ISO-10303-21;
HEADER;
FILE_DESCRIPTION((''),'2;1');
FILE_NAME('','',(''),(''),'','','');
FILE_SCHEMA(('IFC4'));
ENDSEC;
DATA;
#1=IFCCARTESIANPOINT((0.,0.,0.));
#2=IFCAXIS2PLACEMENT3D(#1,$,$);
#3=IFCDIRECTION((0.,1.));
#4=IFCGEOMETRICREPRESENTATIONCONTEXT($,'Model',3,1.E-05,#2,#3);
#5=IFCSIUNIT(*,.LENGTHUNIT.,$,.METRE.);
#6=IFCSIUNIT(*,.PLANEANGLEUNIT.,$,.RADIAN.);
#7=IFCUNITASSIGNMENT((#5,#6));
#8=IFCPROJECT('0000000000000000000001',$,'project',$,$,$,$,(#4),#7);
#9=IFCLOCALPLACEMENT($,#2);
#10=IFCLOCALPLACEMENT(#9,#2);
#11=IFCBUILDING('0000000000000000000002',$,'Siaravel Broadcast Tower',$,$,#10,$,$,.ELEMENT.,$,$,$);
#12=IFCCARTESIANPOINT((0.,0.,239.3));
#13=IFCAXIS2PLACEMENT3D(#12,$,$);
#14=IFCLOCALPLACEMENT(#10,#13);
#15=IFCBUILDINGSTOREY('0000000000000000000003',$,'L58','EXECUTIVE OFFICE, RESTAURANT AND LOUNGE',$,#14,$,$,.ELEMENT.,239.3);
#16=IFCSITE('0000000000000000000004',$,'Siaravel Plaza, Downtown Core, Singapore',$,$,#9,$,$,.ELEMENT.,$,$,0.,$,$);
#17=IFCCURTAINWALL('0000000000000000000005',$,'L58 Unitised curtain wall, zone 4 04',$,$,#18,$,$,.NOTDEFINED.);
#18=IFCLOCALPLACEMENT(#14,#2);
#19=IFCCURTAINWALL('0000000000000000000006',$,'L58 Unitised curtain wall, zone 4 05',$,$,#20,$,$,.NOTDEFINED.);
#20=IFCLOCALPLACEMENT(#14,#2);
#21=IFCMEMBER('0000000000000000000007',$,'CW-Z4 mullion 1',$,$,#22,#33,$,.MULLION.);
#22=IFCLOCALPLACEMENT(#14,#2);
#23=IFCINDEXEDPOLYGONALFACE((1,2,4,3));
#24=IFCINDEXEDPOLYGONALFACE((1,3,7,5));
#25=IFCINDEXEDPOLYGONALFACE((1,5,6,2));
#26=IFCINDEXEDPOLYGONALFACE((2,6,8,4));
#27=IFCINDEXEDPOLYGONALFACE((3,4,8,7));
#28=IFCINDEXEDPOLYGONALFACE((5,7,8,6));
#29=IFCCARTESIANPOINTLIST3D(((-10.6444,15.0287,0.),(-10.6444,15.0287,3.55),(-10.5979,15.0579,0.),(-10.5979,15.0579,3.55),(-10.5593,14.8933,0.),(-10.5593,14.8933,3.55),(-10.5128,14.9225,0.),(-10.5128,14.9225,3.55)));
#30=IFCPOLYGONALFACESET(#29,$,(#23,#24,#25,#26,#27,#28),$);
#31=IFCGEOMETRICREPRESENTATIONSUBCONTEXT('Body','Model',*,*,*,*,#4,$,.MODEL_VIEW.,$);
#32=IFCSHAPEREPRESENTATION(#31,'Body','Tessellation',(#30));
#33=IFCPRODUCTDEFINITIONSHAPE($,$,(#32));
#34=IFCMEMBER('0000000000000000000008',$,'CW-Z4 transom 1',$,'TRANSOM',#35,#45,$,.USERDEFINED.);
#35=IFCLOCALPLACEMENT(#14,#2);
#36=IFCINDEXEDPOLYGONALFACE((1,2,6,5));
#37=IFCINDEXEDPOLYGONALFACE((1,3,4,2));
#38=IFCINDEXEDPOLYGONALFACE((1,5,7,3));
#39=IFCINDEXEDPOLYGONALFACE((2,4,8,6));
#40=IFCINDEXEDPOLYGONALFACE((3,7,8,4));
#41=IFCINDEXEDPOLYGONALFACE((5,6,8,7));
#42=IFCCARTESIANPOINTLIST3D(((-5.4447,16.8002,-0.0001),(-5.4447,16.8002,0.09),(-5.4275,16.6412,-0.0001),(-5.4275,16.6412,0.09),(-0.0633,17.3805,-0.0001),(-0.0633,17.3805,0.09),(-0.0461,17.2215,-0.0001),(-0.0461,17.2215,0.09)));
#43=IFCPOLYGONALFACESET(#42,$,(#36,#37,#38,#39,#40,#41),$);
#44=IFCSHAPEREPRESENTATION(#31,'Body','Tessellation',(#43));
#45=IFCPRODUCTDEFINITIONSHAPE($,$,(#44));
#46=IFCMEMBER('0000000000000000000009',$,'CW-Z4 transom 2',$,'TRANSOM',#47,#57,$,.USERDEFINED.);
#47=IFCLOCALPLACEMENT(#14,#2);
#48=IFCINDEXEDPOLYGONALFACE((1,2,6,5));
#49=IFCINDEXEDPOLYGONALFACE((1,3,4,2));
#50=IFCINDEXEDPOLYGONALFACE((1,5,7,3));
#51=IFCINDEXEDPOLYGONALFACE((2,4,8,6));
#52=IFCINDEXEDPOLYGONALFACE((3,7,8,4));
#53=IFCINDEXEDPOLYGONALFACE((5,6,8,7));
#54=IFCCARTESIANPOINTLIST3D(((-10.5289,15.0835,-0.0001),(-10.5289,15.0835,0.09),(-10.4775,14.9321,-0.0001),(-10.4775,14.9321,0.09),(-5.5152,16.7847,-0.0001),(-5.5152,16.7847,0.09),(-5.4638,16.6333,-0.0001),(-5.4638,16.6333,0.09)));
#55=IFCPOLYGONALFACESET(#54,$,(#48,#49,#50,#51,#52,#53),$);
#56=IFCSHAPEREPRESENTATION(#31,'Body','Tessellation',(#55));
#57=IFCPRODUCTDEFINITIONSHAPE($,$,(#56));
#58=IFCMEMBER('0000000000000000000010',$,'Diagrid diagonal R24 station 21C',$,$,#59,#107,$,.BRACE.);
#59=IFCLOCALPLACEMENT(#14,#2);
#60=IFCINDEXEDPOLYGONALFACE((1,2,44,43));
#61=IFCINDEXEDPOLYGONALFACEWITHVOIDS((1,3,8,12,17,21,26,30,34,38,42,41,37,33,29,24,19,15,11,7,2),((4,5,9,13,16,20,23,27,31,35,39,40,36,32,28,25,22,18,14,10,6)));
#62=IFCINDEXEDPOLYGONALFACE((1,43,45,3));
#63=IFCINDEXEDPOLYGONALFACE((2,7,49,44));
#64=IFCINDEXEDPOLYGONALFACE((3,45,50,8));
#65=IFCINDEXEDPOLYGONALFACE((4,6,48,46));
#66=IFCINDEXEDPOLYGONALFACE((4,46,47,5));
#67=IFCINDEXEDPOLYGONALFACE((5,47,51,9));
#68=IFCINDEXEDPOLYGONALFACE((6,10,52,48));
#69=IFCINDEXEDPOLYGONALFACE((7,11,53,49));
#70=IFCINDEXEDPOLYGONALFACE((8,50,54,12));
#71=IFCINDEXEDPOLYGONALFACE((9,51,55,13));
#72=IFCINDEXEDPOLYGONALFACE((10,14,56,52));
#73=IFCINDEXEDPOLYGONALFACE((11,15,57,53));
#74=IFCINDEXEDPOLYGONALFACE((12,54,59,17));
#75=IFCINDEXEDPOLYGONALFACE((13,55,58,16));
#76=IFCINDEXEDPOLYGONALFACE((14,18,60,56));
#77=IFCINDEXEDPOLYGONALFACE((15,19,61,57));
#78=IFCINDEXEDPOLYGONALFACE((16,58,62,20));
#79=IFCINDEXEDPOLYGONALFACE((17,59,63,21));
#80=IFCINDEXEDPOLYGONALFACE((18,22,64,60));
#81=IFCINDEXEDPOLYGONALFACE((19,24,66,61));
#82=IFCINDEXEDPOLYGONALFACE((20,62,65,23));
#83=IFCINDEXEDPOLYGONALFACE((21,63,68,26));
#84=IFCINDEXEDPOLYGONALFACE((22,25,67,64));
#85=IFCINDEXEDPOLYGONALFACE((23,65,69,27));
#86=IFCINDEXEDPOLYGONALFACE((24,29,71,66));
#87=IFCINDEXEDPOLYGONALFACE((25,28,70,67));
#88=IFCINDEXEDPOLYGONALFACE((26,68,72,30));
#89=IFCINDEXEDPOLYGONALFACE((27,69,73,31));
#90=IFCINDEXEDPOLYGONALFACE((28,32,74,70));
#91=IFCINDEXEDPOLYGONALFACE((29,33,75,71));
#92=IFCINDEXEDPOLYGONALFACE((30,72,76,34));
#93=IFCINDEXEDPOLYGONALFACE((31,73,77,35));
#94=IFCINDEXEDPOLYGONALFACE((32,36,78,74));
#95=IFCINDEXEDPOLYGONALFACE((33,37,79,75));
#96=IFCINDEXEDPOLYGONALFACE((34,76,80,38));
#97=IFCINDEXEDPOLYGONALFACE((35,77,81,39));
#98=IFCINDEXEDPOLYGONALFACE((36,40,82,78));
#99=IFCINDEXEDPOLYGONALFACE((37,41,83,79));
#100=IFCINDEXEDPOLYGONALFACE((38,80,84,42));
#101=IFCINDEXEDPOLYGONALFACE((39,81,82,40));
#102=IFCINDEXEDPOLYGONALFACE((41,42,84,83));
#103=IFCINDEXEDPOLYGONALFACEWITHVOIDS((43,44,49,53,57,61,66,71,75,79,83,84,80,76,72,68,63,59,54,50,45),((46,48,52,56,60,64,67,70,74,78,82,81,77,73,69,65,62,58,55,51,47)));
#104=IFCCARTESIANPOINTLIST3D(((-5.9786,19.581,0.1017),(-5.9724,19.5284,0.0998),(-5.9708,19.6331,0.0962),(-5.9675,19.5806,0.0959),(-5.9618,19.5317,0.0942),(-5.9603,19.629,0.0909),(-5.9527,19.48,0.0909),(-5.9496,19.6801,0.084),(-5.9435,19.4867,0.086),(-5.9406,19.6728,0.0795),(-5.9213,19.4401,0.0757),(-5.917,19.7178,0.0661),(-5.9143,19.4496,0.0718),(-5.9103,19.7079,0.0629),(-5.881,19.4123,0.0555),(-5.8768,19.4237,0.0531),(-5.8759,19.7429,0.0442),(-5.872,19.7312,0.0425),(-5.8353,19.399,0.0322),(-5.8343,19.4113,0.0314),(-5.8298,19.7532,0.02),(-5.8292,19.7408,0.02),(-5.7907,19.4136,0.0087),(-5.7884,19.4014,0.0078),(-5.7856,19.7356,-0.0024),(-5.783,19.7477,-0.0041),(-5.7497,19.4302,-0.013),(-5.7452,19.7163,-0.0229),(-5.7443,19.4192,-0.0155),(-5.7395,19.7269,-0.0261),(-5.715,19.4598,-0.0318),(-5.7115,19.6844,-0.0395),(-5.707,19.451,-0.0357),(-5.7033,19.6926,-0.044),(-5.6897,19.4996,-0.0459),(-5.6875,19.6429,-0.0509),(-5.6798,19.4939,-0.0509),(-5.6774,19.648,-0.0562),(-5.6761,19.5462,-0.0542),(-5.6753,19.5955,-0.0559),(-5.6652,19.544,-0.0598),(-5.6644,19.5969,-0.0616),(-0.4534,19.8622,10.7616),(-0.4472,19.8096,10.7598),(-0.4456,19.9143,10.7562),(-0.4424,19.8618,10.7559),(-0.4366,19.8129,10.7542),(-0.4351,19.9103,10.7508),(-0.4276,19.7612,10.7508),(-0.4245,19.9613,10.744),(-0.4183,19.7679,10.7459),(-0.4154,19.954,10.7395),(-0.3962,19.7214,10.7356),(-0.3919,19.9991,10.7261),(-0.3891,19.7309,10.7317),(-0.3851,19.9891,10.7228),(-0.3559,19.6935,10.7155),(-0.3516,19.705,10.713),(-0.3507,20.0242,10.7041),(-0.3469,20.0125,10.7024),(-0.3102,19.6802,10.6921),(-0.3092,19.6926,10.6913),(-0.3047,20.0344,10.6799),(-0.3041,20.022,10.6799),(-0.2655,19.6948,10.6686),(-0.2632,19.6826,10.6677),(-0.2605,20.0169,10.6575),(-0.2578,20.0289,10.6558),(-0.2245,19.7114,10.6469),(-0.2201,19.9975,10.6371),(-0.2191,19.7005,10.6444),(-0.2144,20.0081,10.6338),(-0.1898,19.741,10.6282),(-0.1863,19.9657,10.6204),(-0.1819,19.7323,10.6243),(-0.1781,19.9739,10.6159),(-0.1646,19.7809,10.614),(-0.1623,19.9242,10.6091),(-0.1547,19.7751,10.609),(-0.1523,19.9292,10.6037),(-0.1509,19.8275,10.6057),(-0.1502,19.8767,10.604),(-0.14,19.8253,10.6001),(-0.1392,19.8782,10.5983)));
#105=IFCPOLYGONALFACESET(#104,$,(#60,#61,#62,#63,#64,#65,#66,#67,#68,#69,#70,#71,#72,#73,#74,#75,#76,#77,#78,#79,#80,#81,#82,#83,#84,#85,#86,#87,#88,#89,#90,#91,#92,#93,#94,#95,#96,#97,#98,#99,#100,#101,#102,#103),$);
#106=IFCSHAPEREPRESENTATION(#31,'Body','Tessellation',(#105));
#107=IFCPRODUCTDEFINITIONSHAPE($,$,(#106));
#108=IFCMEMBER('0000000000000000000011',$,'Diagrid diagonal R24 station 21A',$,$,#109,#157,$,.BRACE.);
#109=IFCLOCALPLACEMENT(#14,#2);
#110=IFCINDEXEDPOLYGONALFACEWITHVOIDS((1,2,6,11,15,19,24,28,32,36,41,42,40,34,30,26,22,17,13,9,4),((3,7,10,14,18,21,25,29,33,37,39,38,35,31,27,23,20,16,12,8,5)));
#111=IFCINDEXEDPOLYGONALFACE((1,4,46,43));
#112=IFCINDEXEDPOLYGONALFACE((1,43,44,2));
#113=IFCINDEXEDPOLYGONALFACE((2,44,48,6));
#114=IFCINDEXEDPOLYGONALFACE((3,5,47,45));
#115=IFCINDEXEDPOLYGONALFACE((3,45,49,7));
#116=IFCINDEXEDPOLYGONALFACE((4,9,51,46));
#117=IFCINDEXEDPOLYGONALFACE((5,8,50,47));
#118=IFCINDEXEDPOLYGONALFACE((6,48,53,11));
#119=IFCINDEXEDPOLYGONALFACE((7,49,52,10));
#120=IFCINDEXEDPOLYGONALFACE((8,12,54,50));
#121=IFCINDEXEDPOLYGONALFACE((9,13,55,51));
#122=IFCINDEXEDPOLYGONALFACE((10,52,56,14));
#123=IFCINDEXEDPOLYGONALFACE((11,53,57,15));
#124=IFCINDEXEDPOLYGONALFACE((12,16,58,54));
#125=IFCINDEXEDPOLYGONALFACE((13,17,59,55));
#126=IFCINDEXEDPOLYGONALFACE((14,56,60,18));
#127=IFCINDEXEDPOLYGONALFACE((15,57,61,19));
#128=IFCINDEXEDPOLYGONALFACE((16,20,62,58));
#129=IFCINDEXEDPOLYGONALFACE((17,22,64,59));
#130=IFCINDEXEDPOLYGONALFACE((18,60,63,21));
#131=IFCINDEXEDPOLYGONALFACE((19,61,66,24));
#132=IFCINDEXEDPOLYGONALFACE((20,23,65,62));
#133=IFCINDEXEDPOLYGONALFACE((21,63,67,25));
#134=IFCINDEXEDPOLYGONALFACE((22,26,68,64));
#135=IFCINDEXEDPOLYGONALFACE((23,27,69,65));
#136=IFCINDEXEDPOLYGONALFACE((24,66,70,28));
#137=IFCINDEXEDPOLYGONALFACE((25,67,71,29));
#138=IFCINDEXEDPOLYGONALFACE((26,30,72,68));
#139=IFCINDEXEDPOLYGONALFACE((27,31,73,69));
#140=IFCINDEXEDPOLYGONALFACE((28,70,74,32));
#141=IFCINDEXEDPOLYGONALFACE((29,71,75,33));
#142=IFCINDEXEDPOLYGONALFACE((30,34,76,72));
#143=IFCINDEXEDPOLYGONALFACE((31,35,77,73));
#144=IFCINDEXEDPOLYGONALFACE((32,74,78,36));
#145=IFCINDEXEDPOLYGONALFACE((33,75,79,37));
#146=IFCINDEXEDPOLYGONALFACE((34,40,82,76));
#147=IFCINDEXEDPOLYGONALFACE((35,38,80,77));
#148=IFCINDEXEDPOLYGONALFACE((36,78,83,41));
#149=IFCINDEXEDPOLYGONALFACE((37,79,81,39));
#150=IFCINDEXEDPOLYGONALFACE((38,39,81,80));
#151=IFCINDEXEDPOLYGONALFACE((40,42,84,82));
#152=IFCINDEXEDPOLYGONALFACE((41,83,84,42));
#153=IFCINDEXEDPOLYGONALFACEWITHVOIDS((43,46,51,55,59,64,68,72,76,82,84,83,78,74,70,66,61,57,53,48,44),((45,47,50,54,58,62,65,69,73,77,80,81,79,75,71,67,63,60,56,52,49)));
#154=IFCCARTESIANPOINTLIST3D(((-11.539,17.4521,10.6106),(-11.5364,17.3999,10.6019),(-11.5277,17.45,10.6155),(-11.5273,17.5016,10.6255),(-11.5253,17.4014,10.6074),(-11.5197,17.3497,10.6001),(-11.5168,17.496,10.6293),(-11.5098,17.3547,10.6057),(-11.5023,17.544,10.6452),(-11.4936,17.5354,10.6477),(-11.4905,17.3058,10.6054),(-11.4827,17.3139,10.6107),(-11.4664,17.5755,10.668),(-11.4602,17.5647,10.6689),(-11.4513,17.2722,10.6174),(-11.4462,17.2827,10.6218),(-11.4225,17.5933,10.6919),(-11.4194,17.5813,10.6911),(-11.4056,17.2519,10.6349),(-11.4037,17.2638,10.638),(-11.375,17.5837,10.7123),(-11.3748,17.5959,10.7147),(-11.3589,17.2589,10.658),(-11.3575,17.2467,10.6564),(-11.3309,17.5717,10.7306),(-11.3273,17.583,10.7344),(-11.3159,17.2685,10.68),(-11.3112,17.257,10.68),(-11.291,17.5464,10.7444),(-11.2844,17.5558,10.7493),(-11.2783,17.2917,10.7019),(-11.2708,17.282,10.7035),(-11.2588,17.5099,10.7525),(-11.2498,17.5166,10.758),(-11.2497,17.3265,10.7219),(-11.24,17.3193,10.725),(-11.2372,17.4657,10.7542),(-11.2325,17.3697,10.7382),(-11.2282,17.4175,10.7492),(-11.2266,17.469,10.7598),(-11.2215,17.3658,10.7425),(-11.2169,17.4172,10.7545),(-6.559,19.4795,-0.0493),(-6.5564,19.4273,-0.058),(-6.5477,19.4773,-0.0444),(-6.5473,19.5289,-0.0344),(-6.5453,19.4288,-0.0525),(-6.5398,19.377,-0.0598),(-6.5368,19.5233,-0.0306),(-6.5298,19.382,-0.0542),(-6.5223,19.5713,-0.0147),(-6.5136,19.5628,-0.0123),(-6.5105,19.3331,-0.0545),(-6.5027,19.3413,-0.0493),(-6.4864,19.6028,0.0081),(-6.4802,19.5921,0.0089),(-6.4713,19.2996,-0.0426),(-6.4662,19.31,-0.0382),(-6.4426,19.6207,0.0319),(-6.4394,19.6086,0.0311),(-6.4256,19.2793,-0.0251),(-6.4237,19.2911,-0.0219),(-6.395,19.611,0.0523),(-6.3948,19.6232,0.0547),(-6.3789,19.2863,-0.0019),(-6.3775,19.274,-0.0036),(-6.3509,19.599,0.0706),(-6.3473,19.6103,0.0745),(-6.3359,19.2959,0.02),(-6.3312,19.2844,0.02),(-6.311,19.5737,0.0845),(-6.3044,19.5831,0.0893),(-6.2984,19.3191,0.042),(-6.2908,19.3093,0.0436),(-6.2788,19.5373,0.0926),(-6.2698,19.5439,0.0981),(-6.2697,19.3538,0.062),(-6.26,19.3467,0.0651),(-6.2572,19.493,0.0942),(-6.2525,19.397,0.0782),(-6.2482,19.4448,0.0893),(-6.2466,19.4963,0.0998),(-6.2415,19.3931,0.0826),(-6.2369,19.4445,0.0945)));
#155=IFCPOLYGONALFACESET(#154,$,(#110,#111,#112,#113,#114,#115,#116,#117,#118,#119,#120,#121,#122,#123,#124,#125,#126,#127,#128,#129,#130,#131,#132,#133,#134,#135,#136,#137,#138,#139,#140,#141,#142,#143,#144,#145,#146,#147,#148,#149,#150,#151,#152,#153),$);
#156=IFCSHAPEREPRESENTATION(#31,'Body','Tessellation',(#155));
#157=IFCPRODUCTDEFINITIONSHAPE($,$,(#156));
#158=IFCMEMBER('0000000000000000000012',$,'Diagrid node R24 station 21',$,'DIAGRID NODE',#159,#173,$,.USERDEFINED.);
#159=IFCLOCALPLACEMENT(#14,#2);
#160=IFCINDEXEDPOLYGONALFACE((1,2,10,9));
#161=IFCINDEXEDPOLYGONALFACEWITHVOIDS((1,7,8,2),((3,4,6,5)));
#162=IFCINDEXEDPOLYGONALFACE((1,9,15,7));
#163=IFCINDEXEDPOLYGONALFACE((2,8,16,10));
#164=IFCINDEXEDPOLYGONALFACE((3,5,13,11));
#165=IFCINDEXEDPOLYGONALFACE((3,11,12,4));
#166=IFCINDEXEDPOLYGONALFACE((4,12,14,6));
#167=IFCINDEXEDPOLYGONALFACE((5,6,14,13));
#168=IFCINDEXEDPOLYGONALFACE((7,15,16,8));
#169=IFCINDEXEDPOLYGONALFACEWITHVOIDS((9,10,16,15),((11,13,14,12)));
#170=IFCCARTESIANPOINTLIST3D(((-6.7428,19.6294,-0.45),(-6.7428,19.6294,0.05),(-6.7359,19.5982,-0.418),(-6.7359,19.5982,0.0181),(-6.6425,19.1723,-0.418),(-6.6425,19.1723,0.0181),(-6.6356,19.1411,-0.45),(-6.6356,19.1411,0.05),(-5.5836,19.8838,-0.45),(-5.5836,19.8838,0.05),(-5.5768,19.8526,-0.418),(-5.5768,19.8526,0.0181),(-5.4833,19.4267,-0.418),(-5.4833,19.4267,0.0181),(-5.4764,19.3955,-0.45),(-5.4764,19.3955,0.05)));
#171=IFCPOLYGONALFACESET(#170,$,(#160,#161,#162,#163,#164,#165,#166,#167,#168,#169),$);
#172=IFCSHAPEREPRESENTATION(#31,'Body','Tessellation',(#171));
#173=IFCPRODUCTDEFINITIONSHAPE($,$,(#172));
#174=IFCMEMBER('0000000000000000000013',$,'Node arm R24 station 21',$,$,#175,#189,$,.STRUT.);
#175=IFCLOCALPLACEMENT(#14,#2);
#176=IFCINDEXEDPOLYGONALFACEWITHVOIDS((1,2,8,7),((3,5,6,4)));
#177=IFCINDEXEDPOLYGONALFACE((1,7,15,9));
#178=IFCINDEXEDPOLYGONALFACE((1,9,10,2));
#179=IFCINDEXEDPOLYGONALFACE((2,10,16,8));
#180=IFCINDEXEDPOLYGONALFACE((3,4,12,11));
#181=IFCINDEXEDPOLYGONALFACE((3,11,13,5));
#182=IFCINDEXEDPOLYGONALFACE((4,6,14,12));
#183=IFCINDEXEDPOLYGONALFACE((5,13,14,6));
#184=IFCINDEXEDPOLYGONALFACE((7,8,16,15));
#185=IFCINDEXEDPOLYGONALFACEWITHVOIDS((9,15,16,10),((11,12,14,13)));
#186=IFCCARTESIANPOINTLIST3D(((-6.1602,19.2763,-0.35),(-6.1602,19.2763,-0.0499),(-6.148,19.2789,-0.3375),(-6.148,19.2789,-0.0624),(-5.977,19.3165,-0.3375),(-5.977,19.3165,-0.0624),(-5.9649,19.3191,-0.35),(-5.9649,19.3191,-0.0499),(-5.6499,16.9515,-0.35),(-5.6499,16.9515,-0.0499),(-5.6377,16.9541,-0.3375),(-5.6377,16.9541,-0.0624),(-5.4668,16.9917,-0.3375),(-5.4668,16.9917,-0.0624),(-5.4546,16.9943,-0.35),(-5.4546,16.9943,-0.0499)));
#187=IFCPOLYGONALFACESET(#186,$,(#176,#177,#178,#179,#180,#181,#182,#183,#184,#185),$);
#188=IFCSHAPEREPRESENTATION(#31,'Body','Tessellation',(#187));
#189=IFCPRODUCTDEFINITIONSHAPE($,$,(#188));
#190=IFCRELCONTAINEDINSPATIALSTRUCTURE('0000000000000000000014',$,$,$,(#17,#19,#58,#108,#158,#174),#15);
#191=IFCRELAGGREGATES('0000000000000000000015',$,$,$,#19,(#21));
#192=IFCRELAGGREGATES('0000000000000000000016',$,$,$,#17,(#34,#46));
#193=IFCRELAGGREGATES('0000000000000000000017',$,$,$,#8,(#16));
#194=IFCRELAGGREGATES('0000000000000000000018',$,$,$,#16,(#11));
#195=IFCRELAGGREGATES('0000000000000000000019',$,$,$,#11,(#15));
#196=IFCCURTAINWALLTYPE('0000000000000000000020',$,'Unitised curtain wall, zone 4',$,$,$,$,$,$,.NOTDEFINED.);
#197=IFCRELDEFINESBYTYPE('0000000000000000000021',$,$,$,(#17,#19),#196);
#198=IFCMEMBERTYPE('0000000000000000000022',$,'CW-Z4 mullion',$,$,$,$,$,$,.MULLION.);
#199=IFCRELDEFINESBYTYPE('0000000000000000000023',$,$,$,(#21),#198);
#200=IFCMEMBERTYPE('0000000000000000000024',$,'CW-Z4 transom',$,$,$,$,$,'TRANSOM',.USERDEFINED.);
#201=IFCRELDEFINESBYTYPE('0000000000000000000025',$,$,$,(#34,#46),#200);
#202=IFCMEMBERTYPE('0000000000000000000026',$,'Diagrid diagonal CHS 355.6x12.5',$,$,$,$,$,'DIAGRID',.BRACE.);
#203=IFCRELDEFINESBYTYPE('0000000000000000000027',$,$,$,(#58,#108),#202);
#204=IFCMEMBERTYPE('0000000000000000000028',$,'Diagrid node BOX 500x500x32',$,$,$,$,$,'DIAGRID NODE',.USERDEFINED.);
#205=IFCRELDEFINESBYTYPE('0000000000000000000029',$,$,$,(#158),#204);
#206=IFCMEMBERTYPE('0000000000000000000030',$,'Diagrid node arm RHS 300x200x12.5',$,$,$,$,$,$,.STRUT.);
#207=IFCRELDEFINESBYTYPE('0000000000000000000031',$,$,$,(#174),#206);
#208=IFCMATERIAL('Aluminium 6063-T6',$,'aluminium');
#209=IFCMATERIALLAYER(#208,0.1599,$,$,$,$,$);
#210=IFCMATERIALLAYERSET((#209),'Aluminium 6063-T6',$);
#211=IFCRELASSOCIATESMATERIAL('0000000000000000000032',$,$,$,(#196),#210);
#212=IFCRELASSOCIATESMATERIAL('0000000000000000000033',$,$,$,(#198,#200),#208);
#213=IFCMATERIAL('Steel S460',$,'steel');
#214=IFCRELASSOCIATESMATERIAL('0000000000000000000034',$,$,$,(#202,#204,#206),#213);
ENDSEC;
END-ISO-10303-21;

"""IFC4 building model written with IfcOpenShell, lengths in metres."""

from ifc_helpers import new_model, si_unit, direction, frame, origin, origin_2d, place, context, subcontext, project, spatial, rectangle, hollow_rectangle, hollow_circle, extrude, material, layer, layer_set, material_profile, profile_set, type_object, element, aggregate, save


model = new_model("IFC4")

# Units and contexts
model_context = context("Model", 3, precision=1e-05, world=origin(), true_north=direction((0.0, 1.0)))
body_context = subcontext(model_context, "Body", "Model", "MODEL_VIEW")
ifc_project = project(units=[si_unit("LENGTHUNIT", "METRE"), si_unit("PLANEANGLEUNIT", "RADIAN")], contexts=[model_context])

# Site, building, storey
site_placement = place(None, origin())
site = spatial("IfcSite", under=ifc_project, at=site_placement, Name="Siaravel Plaza, Downtown Core, Singapore", CompositionType="ELEMENT", RefElevation=0.0)
building_placement = place(site_placement, origin())
building = spatial("IfcBuilding", under=site, at=building_placement, Name="Siaravel Broadcast Tower", CompositionType="ELEMENT")
storey_placement = place(building_placement, frame((0.0, 0.0, 239.3)))
storey = spatial("IfcBuildingStorey", under=building, at=storey_placement, Name="L58", Description="EXECUTIVE OFFICE, RESTAURANT AND LOUNGE", CompositionType="ELEMENT", Elevation=239.3)

# Curtain wall
ifc_material_1 = material(Name="Aluminium 6063-T6", Category="aluminium")
ifc_layer_1 = layer(ifc_material_1, 0.1599)
ifc_layer_set_1 = layer_set([ifc_layer_1], Name="Aluminium 6063-T6")
curtain_wall_type = type_object("IfcCurtainWallType", Name="Unitised curtain wall, zone 4", PredefinedType="NOTDEFINED", material=ifc_layer_set_1)
curtain_wall_1_placement = place(storey_placement, origin())
curtain_wall_1 = element("IfcCurtainWall", 1, at=curtain_wall_1_placement, inside=storey, type_object=curtain_wall_type, Name="L58 Unitised curtain wall, zone 4 04", PredefinedType="NOTDEFINED")
ifc_material_profile_1 = material_profile(ifc_material_1, rectangle(XDim=0.1599, YDim=0.0549, at=origin_2d()))
ifc_profile_set_1 = profile_set([ifc_material_profile_1], Name="Aluminium 6063-T6")
member_type_1 = type_object("IfcMemberType", Name="CW-Z4 mullion", PredefinedType="MULLION", material=ifc_profile_set_1)

# Curtain wall, member
curtain_wall_2_placement = place(storey_placement, origin())
curtain_wall_2 = element("IfcCurtainWall", 2, at=curtain_wall_2_placement, inside=storey, type_object=curtain_wall_type, Name="L58 Unitised curtain wall, zone 4 05", PredefinedType="NOTDEFINED")
member_1_placement = place(storey_placement, frame((-10.5786, 14.9756, 0.0), z_axis=(0.0, 0.0, 1.0), x_axis=(0.53215, -0.84665, 0.0)))
member_1 = element("IfcMember", 3, at=member_1_placement, type_object=member_type_1, Name="CW-Z4 mullion 1", PredefinedType="MULLION", context=body_context, shape_type="SweptSolid", body=[
    extrude(rectangle(XDim=0.1599, YDim=0.0549, at=origin_2d()), origin(), (0.0, 0.0, 1.0), 3.55),
])
aggregate(curtain_wall_2, [member_1])

# Members
ifc_material_profile_2 = material_profile(ifc_material_1, rectangle(XDim=0.1599, YDim=0.0901, at=origin_2d()))
ifc_profile_set_2 = profile_set([ifc_material_profile_2], Name="Aluminium 6063-T6")
member_type_2 = type_object("IfcMemberType", Name="CW-Z4 transom", ElementType="TRANSOM", PredefinedType="USERDEFINED", material=ifc_profile_set_2)
member_2_placement = place(storey_placement, frame((-0.0547, 17.301, 0.0449), z_axis=(-0.994236, -0.107218, 0.0), x_axis=(0.107218, -0.994236, 0.0)))
member_2 = element("IfcMember", 4, at=member_2_placement, type_object=member_type_2, Name="CW-Z4 transom 1", ObjectType="TRANSOM", PredefinedType="USERDEFINED", context=body_context, shape_type="SweptSolid", body=[
    extrude(rectangle(XDim=0.1599, YDim=0.0901, at=origin_2d()), origin(), (0.0, 0.0, 1.0), 5.4126),
])
member_3_placement = place(storey_placement, frame((-5.4895, 16.709, 0.0449), z_axis=(-0.946973, -0.321314, 0.0), x_axis=(0.321314, -0.946973, 0.0)))
member_3 = element("IfcMember", 5, at=member_3_placement, type_object=member_type_2, Name="CW-Z4 transom 2", ObjectType="TRANSOM", PredefinedType="USERDEFINED", context=body_context, shape_type="SweptSolid", body=[
    extrude(rectangle(XDim=0.1599, YDim=0.0901, at=origin_2d()), origin(), (0.0, 0.0, 1.0), 5.2944),
])

# Members
ifc_material_2 = material(Name="Steel S460", Category="steel")
ifc_material_profile_3 = material_profile(ifc_material_2, hollow_circle(Radius=0.1777, WallThickness=0.0125, at=origin_2d()))
ifc_profile_set_3 = profile_set([ifc_material_profile_3], Name="Steel S460")
member_type_3 = type_object("IfcMemberType", Name="Diagrid diagonal CHS 355.6x12.5", ElementType="DIAGRID", PredefinedType="BRACE", material=ifc_profile_set_3)
member_4_placement = place(storey_placement, frame((-5.8208, 19.5757, 0.02), z_axis=(0.460046, 0.023418, 0.887586), x_axis=(-0.050838, 0.998707, 0.0)))
element("IfcMember", 6, at=member_4_placement, inside=storey, type_object=member_type_3, Name="Diagrid diagonal R24 station 21C", PredefinedType="BRACE", context=body_context, shape_type="SweptSolid", body=[
    extrude(hollow_circle(Radius=0.1777, WallThickness=0.0125, at=origin_2d()), origin(), (0.0, 0.0, 1.0), 12.01),
])
member_5_placement = place(storey_placement, frame((-6.3982, 19.449, 0.02), z_axis=(-0.417112, -0.169806, 0.892851), x_axis=(0.377052, -0.926192, 0.0)))
element("IfcMember", 7, at=member_5_placement, inside=storey, type_object=member_type_3, Name="Diagrid diagonal R24 station 21A", PredefinedType="BRACE", context=body_context, shape_type="SweptSolid", body=[
    extrude(hollow_circle(Radius=0.1777, WallThickness=0.0125, at=origin_2d()), origin(), (0.0, 0.0, 1.0), 11.9392),
])
ifc_material_profile_4 = material_profile(ifc_material_2, hollow_rectangle(XDim=0.5, YDim=0.5, WallThickness=0.032, at=origin_2d()))
ifc_profile_set_4 = profile_set([ifc_material_profile_4], Name="Steel S460")
member_type_4 = type_object("IfcMemberType", Name="Diagrid node BOX 500x500x32", ElementType="DIAGRID NODE", PredefinedType="USERDEFINED", material=ifc_profile_set_4)
member_6_placement = place(storey_placement, frame((-5.53, 19.6396, -0.2), z_axis=(-0.976755, -0.214359, 0.0), x_axis=(0.214359, -0.976755, 0.0)))
element("IfcMember", 8, at=member_6_placement, inside=storey, type_object=member_type_4, Name="Diagrid node R24 station 21", ObjectType="DIAGRID NODE", PredefinedType="USERDEFINED", context=body_context, shape_type="SweptSolid", body=[
    extrude(hollow_rectangle(XDim=0.5, YDim=0.5, WallThickness=0.032, at=origin_2d()), origin(), (0.0, 0.0, 1.0), 1.1868),
])
ifc_material_profile_5 = material_profile(ifc_material_2, hollow_rectangle(XDim=0.2, YDim=0.3, WallThickness=0.0125, at=origin_2d()))
ifc_profile_set_5 = profile_set([ifc_material_profile_5], Name="Steel S460")
member_type_5 = type_object("IfcMemberType", Name="Diagrid node arm RHS 300x200x12.5", PredefinedType="STRUT", material=ifc_profile_set_5)
member_7_placement = place(storey_placement, frame((-5.5522, 16.9729, -0.2), z_axis=(-0.214388, 0.976749, 0.0), x_axis=(-0.976749, -0.214388, 0.0)))
element("IfcMember", 9, at=member_7_placement, inside=storey, type_object=member_type_5, Name="Node arm R24 station 21", PredefinedType="STRUT", context=body_context, shape_type="SweptSolid", body=[
    extrude(hollow_rectangle(XDim=0.2, YDim=0.3, WallThickness=0.0125, at=origin_2d()), origin(), (0.0, 0.0, 1.0), 2.3801),
])

aggregate(curtain_wall_1, [member_2, member_3])

save(model, "model.ifc")
